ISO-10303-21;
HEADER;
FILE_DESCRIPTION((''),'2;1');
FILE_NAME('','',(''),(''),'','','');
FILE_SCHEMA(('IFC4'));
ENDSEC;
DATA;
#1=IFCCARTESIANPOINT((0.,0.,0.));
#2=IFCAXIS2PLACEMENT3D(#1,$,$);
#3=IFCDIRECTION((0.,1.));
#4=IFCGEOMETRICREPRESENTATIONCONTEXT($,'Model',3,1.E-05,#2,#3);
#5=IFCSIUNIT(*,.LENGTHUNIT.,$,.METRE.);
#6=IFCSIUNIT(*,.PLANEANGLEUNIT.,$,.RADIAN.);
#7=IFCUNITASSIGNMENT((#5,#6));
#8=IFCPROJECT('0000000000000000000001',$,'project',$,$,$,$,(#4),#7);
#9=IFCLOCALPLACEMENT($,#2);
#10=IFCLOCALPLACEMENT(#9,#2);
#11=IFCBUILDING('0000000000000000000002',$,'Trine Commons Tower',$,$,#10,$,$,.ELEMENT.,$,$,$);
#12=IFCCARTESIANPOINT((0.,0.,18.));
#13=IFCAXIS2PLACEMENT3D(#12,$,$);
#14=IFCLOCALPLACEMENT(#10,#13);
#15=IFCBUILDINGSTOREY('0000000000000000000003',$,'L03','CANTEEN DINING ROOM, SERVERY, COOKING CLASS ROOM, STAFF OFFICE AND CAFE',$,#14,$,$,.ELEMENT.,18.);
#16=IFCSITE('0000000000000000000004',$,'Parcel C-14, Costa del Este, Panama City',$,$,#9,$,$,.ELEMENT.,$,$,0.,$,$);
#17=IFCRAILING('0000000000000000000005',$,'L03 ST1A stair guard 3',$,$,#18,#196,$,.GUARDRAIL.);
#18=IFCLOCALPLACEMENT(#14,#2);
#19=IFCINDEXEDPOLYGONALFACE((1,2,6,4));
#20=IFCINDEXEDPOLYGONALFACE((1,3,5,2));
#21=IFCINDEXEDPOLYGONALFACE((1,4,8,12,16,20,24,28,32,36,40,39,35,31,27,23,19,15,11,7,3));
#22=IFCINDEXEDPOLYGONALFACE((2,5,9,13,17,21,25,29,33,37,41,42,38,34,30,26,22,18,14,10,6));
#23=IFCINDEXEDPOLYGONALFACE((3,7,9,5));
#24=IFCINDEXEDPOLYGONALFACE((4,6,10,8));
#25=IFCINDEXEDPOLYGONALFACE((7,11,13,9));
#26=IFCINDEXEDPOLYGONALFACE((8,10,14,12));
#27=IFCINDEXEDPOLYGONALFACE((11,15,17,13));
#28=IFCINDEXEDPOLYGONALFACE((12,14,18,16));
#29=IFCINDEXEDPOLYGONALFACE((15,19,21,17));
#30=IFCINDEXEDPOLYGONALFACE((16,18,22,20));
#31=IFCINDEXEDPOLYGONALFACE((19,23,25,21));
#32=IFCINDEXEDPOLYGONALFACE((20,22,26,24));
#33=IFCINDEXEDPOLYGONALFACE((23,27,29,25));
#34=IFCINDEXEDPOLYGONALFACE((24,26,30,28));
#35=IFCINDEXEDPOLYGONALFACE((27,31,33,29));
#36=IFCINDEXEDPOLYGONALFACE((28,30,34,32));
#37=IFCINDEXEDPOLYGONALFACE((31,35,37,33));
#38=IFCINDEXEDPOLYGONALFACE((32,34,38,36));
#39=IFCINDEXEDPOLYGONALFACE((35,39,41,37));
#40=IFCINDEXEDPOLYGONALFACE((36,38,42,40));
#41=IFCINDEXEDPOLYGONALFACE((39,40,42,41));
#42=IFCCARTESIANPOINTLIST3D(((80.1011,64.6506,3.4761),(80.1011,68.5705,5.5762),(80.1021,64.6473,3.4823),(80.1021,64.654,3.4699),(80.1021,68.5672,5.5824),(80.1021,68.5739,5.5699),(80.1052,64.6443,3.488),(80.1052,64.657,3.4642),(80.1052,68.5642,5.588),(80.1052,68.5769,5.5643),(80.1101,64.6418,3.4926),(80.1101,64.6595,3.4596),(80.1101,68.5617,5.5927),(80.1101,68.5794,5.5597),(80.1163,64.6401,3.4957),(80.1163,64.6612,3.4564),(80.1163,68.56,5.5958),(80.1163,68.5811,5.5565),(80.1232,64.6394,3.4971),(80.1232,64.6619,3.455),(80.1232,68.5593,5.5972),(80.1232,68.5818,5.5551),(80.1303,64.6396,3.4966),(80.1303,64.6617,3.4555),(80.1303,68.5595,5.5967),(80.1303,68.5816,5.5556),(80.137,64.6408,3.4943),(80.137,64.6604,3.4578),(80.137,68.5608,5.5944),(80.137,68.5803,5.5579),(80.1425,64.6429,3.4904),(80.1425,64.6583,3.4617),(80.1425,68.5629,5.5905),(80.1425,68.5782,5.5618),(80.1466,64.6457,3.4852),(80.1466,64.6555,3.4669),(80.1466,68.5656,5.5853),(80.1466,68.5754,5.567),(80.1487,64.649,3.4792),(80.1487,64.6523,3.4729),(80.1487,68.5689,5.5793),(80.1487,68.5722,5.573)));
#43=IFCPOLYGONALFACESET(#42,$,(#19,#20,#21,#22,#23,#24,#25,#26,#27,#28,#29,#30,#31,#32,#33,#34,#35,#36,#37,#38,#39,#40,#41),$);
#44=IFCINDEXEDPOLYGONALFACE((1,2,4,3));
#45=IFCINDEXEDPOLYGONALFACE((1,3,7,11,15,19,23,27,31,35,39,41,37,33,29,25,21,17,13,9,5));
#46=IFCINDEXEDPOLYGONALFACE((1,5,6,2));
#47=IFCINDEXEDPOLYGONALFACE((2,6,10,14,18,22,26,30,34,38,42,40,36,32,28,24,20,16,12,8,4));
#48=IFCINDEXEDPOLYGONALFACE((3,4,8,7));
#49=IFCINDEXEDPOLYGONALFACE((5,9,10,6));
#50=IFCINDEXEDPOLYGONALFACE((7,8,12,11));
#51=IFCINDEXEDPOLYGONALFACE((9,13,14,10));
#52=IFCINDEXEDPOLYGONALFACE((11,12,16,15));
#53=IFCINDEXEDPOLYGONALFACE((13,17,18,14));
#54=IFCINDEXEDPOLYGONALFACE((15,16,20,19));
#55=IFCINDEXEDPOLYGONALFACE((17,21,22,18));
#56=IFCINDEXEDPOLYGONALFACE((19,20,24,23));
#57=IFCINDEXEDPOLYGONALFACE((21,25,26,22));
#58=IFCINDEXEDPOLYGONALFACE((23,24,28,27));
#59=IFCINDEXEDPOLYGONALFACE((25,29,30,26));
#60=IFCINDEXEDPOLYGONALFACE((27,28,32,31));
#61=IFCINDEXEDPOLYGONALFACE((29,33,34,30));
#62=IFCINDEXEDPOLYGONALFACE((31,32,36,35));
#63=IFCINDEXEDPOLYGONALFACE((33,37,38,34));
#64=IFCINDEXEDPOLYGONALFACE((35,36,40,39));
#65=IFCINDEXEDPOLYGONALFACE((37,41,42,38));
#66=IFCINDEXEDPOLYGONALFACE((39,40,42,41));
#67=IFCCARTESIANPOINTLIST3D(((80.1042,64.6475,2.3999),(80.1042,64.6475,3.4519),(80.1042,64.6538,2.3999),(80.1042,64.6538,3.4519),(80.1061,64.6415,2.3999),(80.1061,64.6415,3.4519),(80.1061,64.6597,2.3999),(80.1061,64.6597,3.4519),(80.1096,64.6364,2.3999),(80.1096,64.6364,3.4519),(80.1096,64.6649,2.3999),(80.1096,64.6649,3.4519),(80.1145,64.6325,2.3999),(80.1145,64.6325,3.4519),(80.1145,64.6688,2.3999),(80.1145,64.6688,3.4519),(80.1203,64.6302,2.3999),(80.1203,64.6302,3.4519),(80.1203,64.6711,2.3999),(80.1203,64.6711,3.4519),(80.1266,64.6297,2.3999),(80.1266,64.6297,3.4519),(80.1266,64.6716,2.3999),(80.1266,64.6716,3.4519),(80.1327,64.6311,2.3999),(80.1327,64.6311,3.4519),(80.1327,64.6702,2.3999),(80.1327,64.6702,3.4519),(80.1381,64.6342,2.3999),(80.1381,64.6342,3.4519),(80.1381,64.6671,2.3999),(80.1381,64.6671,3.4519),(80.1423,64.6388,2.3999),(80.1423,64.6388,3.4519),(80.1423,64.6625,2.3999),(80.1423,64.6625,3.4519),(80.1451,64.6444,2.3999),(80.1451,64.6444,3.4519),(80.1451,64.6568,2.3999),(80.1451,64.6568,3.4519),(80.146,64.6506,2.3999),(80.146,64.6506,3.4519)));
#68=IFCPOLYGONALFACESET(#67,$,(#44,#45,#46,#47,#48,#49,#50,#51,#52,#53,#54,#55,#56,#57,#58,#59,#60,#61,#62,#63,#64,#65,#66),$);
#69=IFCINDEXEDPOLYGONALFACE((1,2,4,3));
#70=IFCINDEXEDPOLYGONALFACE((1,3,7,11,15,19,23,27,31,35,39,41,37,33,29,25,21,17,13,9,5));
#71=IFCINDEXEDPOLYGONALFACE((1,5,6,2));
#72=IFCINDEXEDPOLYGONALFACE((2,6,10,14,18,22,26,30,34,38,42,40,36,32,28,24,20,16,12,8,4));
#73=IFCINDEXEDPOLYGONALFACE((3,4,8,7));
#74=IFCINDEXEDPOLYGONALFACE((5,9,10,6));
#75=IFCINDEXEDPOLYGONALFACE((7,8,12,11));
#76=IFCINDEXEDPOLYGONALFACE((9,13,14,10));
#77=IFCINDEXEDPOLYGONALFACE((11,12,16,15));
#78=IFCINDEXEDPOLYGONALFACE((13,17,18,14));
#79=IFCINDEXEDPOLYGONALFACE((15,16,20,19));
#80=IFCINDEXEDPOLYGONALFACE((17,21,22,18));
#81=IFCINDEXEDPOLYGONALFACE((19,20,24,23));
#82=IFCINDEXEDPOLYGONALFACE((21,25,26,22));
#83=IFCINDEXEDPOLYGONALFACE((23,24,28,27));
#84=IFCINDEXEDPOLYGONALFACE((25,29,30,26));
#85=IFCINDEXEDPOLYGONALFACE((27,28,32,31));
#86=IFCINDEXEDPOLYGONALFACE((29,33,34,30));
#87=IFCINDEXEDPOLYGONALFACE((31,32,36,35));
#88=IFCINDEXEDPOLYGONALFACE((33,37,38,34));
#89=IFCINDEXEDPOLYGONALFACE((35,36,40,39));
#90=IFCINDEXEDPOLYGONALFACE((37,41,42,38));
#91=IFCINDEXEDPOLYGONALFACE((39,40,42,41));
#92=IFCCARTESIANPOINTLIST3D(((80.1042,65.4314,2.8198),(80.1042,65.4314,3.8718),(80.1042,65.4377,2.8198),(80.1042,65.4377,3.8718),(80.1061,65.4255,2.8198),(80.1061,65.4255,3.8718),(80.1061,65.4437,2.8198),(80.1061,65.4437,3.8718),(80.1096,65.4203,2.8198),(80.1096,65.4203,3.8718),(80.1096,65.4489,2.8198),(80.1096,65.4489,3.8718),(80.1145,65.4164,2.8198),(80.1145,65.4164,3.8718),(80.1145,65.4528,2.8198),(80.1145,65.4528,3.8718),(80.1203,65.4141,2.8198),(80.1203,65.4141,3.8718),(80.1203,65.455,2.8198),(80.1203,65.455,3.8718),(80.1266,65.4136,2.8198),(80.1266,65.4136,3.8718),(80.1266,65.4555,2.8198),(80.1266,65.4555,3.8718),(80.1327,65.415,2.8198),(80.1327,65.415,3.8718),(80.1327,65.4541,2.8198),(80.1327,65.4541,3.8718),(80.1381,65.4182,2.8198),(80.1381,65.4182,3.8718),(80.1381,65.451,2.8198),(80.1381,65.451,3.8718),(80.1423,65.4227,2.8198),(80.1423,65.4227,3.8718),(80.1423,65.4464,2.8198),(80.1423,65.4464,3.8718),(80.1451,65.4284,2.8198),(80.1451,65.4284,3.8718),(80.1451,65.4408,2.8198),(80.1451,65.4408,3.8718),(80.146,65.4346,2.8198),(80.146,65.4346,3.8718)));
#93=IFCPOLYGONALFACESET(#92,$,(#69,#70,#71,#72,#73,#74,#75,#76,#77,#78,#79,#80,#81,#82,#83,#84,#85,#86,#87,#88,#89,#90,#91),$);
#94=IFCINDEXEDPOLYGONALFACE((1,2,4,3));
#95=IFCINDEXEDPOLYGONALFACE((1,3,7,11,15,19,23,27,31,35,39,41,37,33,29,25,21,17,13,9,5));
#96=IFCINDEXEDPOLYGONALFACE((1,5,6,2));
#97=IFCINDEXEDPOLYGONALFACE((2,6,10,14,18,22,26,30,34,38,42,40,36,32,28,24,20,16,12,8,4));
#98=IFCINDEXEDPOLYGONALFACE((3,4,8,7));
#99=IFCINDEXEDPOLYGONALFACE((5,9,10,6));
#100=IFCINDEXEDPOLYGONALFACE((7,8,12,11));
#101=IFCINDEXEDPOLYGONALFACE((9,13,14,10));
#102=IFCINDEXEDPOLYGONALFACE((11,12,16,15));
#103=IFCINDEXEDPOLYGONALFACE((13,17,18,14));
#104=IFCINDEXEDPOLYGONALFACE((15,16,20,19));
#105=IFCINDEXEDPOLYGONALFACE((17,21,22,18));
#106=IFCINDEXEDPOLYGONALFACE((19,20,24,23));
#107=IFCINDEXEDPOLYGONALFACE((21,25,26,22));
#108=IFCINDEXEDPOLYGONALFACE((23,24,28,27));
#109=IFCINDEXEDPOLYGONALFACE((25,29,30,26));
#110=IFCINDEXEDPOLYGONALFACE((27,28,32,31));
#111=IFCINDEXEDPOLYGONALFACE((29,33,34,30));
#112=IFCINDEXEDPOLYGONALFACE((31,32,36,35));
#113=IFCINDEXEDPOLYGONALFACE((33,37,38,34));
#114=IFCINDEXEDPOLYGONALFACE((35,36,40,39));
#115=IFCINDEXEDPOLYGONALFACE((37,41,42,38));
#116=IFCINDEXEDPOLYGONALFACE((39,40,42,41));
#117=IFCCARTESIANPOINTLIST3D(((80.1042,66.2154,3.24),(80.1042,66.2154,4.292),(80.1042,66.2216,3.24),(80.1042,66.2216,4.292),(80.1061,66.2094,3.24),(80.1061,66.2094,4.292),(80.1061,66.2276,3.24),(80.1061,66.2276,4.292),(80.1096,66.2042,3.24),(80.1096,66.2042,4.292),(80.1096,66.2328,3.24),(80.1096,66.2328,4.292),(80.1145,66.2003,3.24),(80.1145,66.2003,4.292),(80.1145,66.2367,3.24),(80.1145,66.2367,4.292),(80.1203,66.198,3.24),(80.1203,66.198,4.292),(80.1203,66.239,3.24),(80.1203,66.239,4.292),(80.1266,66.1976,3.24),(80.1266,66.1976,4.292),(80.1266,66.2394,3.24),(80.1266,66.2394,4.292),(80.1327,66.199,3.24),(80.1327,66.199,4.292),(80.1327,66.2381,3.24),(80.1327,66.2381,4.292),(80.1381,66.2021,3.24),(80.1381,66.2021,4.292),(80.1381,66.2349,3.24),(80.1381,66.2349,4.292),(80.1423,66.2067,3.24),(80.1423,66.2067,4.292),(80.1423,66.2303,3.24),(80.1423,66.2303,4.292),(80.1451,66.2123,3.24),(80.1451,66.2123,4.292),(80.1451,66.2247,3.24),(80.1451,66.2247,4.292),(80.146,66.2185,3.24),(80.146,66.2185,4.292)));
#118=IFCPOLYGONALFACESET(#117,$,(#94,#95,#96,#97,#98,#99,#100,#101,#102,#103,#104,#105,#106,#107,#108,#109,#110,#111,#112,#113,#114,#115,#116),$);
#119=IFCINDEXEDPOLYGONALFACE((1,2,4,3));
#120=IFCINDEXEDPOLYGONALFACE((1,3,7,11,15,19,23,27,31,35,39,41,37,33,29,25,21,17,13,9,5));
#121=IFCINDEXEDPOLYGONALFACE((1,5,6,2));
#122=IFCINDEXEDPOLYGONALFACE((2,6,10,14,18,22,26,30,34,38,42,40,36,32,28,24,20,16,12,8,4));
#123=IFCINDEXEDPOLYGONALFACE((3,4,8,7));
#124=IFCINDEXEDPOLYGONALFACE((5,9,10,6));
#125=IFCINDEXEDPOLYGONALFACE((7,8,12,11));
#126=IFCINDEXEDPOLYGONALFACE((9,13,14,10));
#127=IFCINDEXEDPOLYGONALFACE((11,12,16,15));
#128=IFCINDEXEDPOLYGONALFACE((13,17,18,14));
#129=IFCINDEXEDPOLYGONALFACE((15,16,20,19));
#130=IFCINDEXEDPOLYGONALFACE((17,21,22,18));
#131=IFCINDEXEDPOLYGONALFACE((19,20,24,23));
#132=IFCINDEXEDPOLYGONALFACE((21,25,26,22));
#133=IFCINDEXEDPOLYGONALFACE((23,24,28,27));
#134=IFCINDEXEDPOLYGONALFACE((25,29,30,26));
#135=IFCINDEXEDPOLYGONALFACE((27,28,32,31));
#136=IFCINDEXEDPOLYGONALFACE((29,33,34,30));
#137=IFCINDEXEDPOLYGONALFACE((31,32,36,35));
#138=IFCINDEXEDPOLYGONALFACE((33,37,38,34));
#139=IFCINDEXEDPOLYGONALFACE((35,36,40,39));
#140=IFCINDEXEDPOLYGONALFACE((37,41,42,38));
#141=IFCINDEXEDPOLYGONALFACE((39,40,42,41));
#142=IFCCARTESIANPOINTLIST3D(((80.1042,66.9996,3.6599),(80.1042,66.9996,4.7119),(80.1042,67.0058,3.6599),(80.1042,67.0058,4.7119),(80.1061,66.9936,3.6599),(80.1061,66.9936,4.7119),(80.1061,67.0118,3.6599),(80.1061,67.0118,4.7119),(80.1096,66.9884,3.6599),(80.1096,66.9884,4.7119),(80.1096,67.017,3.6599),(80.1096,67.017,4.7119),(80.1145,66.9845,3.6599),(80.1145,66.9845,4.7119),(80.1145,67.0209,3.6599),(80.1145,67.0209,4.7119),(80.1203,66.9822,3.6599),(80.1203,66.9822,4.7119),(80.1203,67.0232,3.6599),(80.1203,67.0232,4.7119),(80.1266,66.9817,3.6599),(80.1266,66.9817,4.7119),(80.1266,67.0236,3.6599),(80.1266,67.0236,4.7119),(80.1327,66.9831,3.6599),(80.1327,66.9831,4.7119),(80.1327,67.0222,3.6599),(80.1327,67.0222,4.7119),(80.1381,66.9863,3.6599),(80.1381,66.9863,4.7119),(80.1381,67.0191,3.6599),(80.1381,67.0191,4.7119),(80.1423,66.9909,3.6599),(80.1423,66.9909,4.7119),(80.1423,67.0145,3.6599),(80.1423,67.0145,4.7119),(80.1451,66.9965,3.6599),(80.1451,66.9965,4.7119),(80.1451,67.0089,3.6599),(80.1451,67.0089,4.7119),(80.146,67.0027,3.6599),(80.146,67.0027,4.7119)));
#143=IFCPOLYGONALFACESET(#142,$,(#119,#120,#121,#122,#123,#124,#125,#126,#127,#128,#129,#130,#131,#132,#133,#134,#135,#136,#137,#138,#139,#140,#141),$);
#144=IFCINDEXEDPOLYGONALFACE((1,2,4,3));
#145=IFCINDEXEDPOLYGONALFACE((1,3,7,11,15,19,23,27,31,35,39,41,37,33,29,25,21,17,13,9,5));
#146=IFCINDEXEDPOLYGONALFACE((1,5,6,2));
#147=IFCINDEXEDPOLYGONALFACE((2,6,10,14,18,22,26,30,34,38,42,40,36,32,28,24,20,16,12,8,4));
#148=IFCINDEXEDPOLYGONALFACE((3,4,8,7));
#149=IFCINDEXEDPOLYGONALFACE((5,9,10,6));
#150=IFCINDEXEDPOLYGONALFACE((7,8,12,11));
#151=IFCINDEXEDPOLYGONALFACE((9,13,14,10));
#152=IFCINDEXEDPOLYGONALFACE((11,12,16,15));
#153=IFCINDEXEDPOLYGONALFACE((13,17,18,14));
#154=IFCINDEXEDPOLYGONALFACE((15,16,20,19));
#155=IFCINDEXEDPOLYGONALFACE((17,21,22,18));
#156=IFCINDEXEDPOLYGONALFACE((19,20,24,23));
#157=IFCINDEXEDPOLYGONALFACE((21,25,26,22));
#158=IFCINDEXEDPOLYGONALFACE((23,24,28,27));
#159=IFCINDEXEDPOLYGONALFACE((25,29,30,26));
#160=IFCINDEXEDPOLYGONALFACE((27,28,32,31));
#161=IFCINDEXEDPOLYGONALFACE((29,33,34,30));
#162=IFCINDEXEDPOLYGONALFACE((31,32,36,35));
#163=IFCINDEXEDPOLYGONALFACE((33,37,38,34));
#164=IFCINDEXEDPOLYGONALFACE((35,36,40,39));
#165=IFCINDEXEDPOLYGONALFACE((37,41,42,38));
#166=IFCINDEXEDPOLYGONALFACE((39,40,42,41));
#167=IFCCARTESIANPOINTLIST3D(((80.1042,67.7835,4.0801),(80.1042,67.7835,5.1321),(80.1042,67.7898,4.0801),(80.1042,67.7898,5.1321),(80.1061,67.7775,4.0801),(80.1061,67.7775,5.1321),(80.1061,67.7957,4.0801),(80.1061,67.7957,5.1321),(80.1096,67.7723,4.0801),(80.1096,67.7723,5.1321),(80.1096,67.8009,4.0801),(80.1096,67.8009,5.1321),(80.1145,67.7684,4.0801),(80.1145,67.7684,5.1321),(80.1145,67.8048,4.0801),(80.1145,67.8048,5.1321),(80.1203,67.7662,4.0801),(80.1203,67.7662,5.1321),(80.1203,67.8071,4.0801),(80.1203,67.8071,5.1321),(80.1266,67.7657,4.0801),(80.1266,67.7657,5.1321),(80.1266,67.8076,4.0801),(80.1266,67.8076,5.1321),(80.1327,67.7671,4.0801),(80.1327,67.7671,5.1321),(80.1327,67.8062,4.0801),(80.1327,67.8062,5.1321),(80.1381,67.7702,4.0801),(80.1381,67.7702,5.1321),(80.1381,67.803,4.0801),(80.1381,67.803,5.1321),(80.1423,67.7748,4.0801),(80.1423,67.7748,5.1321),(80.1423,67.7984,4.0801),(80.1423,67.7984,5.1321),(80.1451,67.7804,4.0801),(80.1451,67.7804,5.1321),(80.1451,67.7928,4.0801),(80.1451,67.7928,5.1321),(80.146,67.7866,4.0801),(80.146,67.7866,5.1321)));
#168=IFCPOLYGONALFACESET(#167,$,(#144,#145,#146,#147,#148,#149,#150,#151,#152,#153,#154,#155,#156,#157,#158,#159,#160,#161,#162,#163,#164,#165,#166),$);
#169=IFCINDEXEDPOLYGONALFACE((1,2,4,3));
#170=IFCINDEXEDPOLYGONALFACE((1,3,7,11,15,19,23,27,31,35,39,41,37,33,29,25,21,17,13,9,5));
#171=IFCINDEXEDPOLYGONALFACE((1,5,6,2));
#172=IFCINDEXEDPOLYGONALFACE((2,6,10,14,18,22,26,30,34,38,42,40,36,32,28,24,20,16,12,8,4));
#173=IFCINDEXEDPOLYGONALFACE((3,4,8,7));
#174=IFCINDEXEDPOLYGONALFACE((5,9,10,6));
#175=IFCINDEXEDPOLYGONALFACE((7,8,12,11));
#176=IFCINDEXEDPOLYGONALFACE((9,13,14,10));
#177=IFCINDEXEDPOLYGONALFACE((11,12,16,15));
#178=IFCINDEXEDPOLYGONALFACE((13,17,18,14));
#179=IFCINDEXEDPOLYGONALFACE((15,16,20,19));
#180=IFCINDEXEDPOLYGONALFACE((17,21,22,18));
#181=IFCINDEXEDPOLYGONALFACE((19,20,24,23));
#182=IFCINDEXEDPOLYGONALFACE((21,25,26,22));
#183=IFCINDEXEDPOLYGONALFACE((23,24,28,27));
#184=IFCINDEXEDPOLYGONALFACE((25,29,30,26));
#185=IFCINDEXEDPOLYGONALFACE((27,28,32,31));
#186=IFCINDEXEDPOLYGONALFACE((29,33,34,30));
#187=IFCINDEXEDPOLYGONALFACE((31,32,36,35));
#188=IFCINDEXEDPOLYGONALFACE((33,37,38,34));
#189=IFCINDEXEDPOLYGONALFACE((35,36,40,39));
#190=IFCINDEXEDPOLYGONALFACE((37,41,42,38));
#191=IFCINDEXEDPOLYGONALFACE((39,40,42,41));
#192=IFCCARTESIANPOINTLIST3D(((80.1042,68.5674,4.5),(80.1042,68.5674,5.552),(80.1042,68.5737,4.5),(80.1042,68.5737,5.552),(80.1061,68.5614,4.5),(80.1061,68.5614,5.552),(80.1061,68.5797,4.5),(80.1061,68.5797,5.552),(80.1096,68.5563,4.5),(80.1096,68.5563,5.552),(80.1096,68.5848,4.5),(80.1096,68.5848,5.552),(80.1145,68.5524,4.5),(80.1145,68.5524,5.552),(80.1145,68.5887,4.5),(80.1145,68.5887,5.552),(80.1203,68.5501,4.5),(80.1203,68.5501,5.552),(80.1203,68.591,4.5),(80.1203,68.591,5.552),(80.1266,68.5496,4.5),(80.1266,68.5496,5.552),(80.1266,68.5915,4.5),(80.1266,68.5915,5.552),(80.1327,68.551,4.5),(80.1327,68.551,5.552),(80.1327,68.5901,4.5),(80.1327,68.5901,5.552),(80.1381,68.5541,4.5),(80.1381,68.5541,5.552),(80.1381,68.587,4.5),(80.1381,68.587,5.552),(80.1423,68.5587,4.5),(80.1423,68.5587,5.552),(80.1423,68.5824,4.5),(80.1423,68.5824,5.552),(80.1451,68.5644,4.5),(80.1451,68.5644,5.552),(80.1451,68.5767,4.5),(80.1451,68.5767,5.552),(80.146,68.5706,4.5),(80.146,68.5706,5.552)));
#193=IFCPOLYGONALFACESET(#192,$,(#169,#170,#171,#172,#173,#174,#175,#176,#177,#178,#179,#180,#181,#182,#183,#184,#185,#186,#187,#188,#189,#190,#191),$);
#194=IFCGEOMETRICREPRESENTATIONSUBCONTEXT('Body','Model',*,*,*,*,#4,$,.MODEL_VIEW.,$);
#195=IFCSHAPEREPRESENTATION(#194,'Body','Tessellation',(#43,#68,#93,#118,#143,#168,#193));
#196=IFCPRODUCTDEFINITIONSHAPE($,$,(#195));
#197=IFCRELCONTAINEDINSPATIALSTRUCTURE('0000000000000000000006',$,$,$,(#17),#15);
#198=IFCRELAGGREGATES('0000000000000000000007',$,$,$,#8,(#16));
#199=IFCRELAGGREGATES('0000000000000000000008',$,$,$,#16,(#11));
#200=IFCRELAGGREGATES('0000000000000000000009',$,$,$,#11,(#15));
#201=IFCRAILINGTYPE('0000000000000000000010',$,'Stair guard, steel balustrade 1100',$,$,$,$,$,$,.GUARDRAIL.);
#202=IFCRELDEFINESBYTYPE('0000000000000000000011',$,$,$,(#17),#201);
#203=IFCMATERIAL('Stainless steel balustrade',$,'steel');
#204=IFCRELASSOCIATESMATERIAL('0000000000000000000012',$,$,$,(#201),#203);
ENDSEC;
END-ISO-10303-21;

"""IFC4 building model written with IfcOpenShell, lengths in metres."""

from ifc_helpers import new_model, si_unit, direction, frame, origin, origin_2d, place, context, subcontext, project, spatial, circle, extrude, material, type_object, element, save


model = new_model("IFC4")

# Units and contexts
model_context = context("Model", 3, precision=1e-05, world=origin(), true_north=direction((0.0, 1.0)))
body_context = subcontext(model_context, "Body", "Model", "MODEL_VIEW")
ifc_project = project(units=[si_unit("LENGTHUNIT", "METRE"), si_unit("PLANEANGLEUNIT", "RADIAN")], contexts=[model_context])

# Site, building, storey
site_placement = place(None, origin())
site = spatial("IfcSite", under=ifc_project, at=site_placement, Name="Parcel C-14, Costa del Este, Panama City", CompositionType="ELEMENT", RefElevation=0.0)
building_placement = place(site_placement, origin())
building = spatial("IfcBuilding", under=site, at=building_placement, Name="Trine Commons Tower", CompositionType="ELEMENT")
storey_placement = place(building_placement, frame((0.0, 0.0, 18.0)))
storey = spatial("IfcBuildingStorey", under=building, at=storey_placement, Name="L03", Description="CANTEEN DINING ROOM, SERVERY, COOKING CLASS ROOM, STAFF OFFICE AND CAFE", CompositionType="ELEMENT", Elevation=18.0)

# Railing
ifc_material_1 = material(Name="Stainless steel balustrade", Category="steel")
railing_type_1 = type_object("IfcRailingType", Name="Stair guard, steel balustrade 1100", PredefinedType="GUARDRAIL", material=ifc_material_1)
railing_1_placement = place(storey_placement, frame((80.125, 64.6506, 2.3999)))
element("IfcRailing", 1, at=railing_1_placement, inside=storey, type_object=railing_type_1, Name="L03 ST1A stair guard 3", PredefinedType="GUARDRAIL", context=body_context, shape_type="SweptSolid", body=[
    extrude(circle(Radius=0.0239, at=origin_2d()), frame((0.0, 0.0, 1.0762), z_axis=(0.0, 0.881467, 0.472246), x_axis=(-1.0, 0.0, 0.0)), (0.0, 0.0, 1.0), 4.447),
    extrude(circle(Radius=0.021, at=origin_2d()), origin(), (0.0, 0.0, 1.0), 1.052),
    extrude(circle(Radius=0.021, at=origin_2d()), frame((0.0, 0.7839, 0.4199)), (0.0, 0.0, 1.0), 1.052),
    extrude(circle(Radius=0.021, at=origin_2d()), frame((0.0, 1.5679, 0.8401)), (0.0, 0.0, 1.0), 1.052),
    extrude(circle(Radius=0.021, at=origin_2d()), frame((0.0, 2.3521, 1.26)), (0.0, 0.0, 1.0), 1.052),
    extrude(circle(Radius=0.021, at=origin_2d()), frame((0.0, 3.136, 1.6802)), (0.0, 0.0, 1.0), 1.052),
    extrude(circle(Radius=0.021, at=origin_2d()), frame((0.0, 3.9199, 2.1001)), (0.0, 0.0, 1.0), 1.052),
])

save(model, "model.ifc")
